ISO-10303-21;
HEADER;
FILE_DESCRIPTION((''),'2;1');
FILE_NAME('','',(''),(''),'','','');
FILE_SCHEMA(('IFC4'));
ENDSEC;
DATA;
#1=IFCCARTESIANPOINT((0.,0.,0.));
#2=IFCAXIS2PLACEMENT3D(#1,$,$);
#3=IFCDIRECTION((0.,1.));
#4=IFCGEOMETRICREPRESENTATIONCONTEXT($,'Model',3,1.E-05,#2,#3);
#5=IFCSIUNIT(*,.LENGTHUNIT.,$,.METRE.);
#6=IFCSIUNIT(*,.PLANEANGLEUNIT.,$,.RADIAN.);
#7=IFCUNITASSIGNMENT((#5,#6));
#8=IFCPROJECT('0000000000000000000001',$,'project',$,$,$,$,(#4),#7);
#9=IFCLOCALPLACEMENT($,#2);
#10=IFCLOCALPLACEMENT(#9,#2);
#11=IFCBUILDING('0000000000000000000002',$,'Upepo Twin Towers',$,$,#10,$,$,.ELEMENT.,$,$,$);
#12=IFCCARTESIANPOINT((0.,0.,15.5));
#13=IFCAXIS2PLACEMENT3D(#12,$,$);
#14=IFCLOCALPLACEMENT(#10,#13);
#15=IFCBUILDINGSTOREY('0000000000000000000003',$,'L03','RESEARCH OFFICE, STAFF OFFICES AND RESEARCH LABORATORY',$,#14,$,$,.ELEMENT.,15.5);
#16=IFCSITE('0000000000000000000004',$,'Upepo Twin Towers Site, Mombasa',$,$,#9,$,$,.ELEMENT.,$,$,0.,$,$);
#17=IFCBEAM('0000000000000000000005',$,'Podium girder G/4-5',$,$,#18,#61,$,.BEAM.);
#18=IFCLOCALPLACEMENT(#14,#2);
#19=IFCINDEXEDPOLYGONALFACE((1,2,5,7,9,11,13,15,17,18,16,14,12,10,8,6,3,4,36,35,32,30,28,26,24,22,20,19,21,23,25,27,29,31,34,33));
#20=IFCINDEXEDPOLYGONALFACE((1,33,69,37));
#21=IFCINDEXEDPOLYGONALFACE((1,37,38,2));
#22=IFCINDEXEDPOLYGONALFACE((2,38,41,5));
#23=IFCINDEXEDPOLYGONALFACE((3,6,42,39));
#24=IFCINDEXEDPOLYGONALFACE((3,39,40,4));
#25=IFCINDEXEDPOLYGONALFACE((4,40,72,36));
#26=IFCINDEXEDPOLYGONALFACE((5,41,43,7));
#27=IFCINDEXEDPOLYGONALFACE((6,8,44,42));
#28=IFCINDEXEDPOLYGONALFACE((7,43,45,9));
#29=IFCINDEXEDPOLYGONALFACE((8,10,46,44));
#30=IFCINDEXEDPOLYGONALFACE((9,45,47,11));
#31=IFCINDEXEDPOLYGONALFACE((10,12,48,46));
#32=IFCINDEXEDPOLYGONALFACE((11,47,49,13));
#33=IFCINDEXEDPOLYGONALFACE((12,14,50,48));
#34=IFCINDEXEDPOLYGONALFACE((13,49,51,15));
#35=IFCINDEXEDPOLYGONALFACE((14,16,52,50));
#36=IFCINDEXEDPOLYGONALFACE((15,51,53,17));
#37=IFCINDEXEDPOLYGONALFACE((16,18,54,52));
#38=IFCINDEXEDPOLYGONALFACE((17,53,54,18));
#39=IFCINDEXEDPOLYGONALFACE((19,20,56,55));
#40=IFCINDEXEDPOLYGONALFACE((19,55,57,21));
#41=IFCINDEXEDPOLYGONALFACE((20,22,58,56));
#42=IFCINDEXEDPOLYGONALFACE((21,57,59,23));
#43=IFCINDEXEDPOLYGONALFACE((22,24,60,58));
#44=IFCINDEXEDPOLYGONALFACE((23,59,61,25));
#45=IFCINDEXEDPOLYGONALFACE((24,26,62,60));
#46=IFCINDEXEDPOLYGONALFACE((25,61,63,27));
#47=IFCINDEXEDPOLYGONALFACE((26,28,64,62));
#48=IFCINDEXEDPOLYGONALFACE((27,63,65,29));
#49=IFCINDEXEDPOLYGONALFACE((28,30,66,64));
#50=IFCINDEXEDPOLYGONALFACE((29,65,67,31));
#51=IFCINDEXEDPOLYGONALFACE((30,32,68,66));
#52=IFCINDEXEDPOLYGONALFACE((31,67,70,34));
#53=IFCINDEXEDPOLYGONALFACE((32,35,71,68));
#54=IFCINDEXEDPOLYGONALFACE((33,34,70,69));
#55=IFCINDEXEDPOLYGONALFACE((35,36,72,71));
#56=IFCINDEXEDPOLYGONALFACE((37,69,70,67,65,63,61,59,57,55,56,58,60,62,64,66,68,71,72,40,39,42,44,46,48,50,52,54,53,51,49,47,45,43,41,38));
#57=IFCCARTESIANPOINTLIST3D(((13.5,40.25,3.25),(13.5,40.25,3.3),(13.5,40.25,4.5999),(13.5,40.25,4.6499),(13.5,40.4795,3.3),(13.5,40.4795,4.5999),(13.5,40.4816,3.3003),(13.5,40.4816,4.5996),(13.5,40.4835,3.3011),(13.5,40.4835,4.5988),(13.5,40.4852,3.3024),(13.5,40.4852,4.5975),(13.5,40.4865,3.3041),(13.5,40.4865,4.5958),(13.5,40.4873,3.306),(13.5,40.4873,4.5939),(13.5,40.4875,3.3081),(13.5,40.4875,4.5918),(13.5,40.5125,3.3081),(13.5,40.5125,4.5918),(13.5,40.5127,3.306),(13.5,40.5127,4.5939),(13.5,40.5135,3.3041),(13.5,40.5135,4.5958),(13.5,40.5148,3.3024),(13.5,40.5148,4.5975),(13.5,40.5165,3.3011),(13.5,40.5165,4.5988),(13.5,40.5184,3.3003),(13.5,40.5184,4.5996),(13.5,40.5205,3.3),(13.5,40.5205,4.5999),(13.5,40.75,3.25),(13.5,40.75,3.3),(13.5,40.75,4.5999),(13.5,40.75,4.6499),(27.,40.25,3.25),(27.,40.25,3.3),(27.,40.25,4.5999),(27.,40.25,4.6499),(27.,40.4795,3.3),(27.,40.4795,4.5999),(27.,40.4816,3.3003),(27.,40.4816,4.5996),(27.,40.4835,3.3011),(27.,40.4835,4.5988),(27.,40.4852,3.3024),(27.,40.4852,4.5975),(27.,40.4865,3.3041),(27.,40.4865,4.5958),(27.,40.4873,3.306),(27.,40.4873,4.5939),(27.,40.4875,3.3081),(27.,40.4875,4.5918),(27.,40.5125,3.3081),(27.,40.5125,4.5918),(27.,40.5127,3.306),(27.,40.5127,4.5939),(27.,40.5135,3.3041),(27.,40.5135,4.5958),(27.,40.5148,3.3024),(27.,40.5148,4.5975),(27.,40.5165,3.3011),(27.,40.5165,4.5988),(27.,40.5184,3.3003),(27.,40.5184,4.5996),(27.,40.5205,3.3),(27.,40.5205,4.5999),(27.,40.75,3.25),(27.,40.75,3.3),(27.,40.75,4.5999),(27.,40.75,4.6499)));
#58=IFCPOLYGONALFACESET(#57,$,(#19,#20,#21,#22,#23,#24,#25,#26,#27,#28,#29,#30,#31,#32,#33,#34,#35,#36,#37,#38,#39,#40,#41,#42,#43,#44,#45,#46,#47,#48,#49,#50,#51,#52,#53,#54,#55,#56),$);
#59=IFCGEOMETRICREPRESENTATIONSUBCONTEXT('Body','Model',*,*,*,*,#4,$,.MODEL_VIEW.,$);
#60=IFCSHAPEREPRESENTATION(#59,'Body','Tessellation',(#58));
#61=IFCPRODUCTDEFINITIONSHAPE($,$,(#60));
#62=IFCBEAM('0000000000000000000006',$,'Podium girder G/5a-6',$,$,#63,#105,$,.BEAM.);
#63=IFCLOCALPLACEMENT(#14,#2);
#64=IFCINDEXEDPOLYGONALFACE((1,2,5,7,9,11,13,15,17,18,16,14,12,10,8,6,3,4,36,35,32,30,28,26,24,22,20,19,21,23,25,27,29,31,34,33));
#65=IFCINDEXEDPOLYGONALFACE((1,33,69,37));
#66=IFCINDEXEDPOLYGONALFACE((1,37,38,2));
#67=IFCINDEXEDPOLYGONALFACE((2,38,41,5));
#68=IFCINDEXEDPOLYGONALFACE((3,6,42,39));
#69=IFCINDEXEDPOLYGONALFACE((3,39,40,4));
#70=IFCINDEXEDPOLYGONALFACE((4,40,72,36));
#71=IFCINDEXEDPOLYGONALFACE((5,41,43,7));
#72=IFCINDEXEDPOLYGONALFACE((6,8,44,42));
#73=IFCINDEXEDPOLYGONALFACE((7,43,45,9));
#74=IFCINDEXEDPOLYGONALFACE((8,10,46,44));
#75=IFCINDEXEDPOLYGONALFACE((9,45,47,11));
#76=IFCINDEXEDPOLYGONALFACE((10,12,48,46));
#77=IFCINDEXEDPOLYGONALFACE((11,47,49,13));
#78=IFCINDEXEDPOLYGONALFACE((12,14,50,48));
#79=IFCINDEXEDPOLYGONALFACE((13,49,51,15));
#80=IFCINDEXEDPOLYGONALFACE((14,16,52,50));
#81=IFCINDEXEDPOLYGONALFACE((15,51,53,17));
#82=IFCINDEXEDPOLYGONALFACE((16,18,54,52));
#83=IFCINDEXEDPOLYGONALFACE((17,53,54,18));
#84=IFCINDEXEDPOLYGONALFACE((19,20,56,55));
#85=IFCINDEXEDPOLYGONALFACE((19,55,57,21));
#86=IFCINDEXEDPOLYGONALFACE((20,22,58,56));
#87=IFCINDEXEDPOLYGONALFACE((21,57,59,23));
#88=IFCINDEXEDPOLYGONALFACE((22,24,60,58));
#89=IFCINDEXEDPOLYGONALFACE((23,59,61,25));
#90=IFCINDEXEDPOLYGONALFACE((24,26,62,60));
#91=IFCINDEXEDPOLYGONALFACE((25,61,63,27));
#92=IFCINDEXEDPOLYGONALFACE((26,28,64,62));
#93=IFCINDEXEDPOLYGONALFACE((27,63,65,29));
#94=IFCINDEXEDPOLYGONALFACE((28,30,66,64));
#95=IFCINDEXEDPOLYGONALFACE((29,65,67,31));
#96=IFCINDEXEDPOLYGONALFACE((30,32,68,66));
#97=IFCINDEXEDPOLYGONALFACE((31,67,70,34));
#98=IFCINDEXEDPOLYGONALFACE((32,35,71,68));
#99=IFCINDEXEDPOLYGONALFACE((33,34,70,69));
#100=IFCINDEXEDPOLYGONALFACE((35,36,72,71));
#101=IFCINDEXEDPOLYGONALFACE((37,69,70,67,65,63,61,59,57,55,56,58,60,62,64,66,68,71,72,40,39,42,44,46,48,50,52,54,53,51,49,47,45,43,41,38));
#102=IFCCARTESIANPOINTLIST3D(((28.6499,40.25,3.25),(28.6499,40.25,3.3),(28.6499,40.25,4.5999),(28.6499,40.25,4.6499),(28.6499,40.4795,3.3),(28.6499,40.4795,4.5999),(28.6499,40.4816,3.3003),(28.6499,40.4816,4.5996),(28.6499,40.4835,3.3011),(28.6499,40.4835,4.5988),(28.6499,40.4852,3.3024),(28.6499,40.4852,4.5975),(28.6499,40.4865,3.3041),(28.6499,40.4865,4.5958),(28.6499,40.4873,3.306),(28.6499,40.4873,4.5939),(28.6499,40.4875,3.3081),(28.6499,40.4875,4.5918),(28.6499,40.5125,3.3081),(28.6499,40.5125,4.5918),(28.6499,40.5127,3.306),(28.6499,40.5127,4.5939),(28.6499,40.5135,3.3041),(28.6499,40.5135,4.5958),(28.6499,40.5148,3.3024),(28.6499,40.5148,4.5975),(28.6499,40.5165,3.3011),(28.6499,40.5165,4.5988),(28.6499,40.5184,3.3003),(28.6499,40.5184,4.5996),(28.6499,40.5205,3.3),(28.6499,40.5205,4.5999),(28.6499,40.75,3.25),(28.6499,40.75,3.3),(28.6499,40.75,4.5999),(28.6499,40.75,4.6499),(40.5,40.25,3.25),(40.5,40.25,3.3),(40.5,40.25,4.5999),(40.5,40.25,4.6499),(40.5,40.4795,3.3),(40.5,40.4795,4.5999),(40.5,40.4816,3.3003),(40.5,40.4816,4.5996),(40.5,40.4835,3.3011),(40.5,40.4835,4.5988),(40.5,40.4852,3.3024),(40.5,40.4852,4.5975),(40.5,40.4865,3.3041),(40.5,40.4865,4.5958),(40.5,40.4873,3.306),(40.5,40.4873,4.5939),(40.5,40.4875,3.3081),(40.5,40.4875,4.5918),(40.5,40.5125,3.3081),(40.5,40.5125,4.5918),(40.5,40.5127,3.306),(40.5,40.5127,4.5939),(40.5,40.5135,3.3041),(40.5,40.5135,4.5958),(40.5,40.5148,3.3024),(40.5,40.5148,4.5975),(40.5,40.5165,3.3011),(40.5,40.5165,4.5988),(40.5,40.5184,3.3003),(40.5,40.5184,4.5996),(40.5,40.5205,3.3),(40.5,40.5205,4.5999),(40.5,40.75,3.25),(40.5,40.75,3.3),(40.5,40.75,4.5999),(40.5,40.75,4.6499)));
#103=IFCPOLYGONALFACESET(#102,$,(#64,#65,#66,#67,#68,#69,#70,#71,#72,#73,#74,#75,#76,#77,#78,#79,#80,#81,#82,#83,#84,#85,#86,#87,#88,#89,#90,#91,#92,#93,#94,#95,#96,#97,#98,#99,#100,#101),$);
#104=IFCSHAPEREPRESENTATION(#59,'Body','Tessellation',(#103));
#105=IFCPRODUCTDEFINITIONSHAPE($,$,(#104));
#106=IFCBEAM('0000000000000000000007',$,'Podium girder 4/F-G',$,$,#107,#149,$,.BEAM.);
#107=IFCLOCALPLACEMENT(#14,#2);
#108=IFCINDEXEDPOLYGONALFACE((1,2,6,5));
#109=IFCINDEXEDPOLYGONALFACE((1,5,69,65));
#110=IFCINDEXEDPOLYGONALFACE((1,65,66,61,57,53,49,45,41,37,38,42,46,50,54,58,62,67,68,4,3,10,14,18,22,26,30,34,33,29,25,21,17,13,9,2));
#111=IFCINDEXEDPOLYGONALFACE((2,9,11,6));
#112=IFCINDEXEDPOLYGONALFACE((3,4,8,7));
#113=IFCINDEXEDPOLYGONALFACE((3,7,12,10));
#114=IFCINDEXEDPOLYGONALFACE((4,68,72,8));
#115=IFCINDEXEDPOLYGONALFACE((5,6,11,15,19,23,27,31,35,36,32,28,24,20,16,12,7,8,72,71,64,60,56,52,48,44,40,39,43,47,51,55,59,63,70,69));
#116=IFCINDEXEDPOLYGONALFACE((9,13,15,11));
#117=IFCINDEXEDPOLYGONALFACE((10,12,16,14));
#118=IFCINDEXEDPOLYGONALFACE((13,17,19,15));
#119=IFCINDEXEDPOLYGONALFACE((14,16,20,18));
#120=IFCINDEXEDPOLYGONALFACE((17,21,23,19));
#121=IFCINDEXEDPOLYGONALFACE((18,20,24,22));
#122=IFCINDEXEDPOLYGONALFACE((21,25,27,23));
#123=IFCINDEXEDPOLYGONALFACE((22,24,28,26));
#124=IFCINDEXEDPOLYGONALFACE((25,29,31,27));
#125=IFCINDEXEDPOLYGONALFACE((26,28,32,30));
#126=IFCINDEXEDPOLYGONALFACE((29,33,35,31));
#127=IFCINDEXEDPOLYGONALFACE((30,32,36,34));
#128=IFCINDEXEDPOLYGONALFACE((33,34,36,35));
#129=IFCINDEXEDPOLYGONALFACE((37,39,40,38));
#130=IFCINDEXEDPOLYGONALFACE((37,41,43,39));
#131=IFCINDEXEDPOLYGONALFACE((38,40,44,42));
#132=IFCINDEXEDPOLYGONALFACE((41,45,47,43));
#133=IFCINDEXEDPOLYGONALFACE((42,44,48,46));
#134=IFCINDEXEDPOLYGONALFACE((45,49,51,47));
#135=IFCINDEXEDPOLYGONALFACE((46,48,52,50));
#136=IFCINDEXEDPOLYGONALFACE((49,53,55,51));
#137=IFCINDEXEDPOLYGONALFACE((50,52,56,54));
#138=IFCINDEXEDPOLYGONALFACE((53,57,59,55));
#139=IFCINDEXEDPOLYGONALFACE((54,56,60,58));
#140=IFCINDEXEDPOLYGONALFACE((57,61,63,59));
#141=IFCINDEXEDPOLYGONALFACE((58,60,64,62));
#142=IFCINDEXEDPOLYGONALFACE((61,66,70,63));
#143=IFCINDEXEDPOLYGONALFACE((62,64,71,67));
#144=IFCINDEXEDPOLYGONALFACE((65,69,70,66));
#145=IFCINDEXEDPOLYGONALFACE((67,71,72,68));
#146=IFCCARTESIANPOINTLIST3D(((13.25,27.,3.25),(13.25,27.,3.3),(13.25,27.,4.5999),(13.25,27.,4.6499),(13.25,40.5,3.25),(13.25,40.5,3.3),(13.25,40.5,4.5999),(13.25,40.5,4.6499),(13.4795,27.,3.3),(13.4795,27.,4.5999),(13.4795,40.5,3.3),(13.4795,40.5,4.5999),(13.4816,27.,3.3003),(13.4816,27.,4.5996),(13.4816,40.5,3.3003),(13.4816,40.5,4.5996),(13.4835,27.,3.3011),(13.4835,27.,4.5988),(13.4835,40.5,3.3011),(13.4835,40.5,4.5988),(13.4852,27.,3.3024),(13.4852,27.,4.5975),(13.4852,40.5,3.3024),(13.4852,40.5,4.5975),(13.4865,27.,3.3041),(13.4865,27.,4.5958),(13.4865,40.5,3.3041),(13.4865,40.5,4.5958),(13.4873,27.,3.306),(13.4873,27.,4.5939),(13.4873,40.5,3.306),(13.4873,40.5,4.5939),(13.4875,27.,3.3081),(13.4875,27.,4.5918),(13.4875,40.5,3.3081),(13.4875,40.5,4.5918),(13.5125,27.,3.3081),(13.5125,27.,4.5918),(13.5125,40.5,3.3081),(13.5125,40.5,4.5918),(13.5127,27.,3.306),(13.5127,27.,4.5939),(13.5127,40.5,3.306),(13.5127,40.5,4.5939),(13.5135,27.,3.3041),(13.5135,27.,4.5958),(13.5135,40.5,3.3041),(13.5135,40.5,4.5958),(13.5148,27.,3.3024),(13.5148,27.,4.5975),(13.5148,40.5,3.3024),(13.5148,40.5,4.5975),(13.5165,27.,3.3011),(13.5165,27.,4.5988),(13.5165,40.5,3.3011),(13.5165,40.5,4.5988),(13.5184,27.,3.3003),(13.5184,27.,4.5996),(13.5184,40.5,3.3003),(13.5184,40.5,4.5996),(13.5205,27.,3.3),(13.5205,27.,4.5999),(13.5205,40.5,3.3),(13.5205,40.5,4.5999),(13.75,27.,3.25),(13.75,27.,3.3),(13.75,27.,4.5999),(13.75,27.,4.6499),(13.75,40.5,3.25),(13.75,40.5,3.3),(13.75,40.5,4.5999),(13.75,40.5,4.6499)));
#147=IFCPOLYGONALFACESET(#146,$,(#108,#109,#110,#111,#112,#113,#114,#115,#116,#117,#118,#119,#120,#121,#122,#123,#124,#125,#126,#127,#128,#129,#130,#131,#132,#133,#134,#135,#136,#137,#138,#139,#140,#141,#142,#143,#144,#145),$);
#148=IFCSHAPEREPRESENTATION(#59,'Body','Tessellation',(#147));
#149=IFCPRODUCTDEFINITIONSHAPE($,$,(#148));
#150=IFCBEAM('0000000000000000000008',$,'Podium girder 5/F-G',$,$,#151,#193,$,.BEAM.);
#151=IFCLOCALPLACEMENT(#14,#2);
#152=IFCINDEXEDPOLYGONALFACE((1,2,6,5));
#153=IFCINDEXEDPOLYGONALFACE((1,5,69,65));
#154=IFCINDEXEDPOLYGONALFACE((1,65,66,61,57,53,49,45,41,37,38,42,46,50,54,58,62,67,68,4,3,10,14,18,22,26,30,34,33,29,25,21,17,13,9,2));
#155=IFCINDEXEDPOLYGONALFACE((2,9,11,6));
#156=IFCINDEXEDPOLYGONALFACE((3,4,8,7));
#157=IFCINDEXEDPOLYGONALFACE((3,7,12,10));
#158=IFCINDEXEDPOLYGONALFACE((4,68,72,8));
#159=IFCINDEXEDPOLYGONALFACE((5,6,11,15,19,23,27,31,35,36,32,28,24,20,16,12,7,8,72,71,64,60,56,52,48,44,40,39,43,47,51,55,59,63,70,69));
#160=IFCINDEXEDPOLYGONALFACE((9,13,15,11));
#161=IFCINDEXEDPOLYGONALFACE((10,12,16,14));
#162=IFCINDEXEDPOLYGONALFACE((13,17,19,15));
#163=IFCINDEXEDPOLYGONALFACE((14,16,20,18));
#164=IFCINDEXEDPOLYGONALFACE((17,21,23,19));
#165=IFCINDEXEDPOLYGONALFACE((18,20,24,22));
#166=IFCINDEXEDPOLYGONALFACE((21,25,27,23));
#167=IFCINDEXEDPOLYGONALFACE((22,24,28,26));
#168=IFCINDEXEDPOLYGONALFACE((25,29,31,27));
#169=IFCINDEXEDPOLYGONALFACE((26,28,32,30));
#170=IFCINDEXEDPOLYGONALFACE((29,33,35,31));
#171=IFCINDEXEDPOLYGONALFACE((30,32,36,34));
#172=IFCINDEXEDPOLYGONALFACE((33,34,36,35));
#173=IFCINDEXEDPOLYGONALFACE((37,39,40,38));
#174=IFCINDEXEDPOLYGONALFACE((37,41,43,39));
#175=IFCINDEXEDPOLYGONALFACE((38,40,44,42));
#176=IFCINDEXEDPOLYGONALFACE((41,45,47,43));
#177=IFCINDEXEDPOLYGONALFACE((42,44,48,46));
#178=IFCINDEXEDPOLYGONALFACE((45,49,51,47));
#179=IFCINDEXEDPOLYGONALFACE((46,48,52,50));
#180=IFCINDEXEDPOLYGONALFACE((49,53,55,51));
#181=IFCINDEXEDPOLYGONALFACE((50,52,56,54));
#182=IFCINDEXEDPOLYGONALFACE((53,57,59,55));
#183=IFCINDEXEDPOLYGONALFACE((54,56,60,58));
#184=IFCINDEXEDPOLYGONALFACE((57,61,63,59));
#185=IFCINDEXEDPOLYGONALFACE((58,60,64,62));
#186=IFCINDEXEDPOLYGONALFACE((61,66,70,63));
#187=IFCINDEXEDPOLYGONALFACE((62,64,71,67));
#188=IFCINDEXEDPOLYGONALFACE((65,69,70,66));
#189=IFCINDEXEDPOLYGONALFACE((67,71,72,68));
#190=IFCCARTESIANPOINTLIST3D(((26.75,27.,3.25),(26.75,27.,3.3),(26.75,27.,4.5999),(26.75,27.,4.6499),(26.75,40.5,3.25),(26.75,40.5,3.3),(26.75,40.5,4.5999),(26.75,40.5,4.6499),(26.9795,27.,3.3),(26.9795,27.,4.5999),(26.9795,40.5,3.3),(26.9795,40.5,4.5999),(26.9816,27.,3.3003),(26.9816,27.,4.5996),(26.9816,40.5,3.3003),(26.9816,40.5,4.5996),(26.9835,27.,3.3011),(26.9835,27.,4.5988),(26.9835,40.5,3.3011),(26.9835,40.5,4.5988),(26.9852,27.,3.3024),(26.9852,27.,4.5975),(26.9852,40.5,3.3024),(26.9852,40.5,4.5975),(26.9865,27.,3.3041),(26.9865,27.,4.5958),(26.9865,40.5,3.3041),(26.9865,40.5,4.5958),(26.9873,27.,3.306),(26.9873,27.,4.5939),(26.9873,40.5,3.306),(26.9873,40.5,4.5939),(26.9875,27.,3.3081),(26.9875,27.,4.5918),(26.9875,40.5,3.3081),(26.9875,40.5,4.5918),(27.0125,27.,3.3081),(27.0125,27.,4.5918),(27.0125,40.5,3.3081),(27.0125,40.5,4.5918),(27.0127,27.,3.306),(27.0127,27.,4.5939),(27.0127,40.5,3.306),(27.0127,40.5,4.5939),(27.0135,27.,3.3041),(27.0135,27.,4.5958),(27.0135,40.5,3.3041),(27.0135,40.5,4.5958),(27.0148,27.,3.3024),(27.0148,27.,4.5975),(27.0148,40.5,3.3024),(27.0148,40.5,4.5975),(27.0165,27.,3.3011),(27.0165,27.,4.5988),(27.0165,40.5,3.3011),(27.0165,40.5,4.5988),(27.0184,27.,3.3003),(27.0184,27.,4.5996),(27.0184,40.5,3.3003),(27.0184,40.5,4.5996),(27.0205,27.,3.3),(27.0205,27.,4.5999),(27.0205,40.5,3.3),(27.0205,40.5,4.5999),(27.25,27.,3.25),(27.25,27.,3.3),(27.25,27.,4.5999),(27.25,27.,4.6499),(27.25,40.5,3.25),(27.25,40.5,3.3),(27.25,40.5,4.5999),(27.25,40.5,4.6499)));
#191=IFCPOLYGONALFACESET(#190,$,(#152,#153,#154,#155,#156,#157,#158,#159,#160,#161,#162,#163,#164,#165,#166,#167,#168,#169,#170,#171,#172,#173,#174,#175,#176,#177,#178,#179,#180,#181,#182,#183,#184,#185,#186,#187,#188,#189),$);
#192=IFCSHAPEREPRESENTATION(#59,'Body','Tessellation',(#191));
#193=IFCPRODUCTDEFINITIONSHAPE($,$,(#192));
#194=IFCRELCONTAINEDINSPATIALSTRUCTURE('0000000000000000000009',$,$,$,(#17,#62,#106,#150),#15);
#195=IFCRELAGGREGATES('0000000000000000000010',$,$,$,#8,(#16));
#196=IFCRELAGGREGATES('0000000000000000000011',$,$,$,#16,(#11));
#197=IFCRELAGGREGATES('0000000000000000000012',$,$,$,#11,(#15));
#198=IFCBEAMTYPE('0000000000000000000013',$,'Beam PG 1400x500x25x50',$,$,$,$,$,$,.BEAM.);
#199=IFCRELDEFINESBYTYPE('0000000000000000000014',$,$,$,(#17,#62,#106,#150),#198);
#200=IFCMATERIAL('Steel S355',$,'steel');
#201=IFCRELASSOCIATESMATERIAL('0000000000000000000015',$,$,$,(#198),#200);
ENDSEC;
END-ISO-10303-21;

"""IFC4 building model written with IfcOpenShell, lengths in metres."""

from ifc_helpers import new_model, si_unit, direction, frame, origin, origin_2d, place, context, subcontext, project, spatial, i_section, extrude, material, material_profile, profile_set, type_object, element, save


model = new_model("IFC4")

# Units and contexts
model_context = context("Model", 3, precision=1e-05, world=origin(), true_north=direction((0.0, 1.0)))
body_context = subcontext(model_context, "Body", "Model", "MODEL_VIEW")
ifc_project = project(units=[si_unit("LENGTHUNIT", "METRE"), si_unit("PLANEANGLEUNIT", "RADIAN")], contexts=[model_context])

# Site, building, storey
site_placement = place(None, origin())
site = spatial("IfcSite", under=ifc_project, at=site_placement, Name="Upepo Twin Towers Site, Mombasa", CompositionType="ELEMENT", RefElevation=0.0)
building_placement = place(site_placement, origin())
building = spatial("IfcBuilding", under=site, at=building_placement, Name="Upepo Twin Towers", CompositionType="ELEMENT")
storey_placement = place(building_placement, frame((0.0, 0.0, 15.5)))
storey = spatial("IfcBuildingStorey", under=building, at=storey_placement, Name="L03", Description="RESEARCH OFFICE, STAFF OFFICES AND RESEARCH LABORATORY", CompositionType="ELEMENT", Elevation=15.5)

# Beams
ifc_material_1 = material(Name="Steel S355", Category="steel")
ifc_material_profile_1 = material_profile(ifc_material_1, i_section(OverallWidth=0.5, OverallDepth=1.3999, WebThickness=0.0249, FlangeThickness=0.05, FilletRadius=0.0081, at=origin_2d()), Name="PG 1400x500x25x50")
ifc_profile_set_1 = profile_set([ifc_material_profile_1], Name="Steel S355")
beam_type_1 = type_object("IfcBeamType", Name="Beam PG 1400x500x25x50", PredefinedType="BEAM", material=ifc_profile_set_1)
beam_1_placement = place(storey_placement, frame((13.5, 40.5, 3.95), z_axis=(1.0, 0.0, 0.0), x_axis=(0.0, 1.0, 0.0)))
element("IfcBeam", 1, at=beam_1_placement, inside=storey, type_object=beam_type_1, Name="Podium girder G/4-5", PredefinedType="BEAM", context=body_context, shape_type="SweptSolid", body=[
    extrude(i_section(OverallWidth=0.5, OverallDepth=1.3999, WebThickness=0.0249, FlangeThickness=0.05, FilletRadius=0.0081, at=origin_2d()), origin(), (0.0, 0.0, 1.0), 13.5),
])
beam_2_placement = place(storey_placement, frame((28.6499, 40.5, 3.95), z_axis=(1.0, 0.0, 0.0), x_axis=(0.0, 1.0, 0.0)))
element("IfcBeam", 2, at=beam_2_placement, inside=storey, type_object=beam_type_1, Name="Podium girder G/5a-6", PredefinedType="BEAM", context=body_context, shape_type="SweptSolid", body=[
    extrude(i_section(OverallWidth=0.5, OverallDepth=1.3999, WebThickness=0.0249, FlangeThickness=0.05, FilletRadius=0.0081, at=origin_2d()), origin(), (0.0, 0.0, 1.0), 11.8501),
])
for number, where, z_axis, x_axis, name in (
    (3, (13.5, 27.0, 3.95), (0.0, 1.0, 0.0), (-1.0, 0.0, 0.0), "Podium girder 4/F-G"),
    (4, (27.0, 27.0, 3.95), (0.0, 1.0, 0.0), (-1.0, 0.0, 0.0), "Podium girder 5/F-G"),
):
    element("IfcBeam", number, at=place(storey_placement, frame(where, z_axis=z_axis, x_axis=x_axis)), inside=storey, type_object=beam_type_1, Name=name, PredefinedType="BEAM", context=body_context, shape_type="SweptSolid", body=[
        extrude(i_section(OverallWidth=0.5, OverallDepth=1.3999, WebThickness=0.0249, FlangeThickness=0.05, FilletRadius=0.0081, at=origin_2d()), origin(), (0.0, 0.0, 1.0), 13.5),
    ])

save(model, "model.ifc")
